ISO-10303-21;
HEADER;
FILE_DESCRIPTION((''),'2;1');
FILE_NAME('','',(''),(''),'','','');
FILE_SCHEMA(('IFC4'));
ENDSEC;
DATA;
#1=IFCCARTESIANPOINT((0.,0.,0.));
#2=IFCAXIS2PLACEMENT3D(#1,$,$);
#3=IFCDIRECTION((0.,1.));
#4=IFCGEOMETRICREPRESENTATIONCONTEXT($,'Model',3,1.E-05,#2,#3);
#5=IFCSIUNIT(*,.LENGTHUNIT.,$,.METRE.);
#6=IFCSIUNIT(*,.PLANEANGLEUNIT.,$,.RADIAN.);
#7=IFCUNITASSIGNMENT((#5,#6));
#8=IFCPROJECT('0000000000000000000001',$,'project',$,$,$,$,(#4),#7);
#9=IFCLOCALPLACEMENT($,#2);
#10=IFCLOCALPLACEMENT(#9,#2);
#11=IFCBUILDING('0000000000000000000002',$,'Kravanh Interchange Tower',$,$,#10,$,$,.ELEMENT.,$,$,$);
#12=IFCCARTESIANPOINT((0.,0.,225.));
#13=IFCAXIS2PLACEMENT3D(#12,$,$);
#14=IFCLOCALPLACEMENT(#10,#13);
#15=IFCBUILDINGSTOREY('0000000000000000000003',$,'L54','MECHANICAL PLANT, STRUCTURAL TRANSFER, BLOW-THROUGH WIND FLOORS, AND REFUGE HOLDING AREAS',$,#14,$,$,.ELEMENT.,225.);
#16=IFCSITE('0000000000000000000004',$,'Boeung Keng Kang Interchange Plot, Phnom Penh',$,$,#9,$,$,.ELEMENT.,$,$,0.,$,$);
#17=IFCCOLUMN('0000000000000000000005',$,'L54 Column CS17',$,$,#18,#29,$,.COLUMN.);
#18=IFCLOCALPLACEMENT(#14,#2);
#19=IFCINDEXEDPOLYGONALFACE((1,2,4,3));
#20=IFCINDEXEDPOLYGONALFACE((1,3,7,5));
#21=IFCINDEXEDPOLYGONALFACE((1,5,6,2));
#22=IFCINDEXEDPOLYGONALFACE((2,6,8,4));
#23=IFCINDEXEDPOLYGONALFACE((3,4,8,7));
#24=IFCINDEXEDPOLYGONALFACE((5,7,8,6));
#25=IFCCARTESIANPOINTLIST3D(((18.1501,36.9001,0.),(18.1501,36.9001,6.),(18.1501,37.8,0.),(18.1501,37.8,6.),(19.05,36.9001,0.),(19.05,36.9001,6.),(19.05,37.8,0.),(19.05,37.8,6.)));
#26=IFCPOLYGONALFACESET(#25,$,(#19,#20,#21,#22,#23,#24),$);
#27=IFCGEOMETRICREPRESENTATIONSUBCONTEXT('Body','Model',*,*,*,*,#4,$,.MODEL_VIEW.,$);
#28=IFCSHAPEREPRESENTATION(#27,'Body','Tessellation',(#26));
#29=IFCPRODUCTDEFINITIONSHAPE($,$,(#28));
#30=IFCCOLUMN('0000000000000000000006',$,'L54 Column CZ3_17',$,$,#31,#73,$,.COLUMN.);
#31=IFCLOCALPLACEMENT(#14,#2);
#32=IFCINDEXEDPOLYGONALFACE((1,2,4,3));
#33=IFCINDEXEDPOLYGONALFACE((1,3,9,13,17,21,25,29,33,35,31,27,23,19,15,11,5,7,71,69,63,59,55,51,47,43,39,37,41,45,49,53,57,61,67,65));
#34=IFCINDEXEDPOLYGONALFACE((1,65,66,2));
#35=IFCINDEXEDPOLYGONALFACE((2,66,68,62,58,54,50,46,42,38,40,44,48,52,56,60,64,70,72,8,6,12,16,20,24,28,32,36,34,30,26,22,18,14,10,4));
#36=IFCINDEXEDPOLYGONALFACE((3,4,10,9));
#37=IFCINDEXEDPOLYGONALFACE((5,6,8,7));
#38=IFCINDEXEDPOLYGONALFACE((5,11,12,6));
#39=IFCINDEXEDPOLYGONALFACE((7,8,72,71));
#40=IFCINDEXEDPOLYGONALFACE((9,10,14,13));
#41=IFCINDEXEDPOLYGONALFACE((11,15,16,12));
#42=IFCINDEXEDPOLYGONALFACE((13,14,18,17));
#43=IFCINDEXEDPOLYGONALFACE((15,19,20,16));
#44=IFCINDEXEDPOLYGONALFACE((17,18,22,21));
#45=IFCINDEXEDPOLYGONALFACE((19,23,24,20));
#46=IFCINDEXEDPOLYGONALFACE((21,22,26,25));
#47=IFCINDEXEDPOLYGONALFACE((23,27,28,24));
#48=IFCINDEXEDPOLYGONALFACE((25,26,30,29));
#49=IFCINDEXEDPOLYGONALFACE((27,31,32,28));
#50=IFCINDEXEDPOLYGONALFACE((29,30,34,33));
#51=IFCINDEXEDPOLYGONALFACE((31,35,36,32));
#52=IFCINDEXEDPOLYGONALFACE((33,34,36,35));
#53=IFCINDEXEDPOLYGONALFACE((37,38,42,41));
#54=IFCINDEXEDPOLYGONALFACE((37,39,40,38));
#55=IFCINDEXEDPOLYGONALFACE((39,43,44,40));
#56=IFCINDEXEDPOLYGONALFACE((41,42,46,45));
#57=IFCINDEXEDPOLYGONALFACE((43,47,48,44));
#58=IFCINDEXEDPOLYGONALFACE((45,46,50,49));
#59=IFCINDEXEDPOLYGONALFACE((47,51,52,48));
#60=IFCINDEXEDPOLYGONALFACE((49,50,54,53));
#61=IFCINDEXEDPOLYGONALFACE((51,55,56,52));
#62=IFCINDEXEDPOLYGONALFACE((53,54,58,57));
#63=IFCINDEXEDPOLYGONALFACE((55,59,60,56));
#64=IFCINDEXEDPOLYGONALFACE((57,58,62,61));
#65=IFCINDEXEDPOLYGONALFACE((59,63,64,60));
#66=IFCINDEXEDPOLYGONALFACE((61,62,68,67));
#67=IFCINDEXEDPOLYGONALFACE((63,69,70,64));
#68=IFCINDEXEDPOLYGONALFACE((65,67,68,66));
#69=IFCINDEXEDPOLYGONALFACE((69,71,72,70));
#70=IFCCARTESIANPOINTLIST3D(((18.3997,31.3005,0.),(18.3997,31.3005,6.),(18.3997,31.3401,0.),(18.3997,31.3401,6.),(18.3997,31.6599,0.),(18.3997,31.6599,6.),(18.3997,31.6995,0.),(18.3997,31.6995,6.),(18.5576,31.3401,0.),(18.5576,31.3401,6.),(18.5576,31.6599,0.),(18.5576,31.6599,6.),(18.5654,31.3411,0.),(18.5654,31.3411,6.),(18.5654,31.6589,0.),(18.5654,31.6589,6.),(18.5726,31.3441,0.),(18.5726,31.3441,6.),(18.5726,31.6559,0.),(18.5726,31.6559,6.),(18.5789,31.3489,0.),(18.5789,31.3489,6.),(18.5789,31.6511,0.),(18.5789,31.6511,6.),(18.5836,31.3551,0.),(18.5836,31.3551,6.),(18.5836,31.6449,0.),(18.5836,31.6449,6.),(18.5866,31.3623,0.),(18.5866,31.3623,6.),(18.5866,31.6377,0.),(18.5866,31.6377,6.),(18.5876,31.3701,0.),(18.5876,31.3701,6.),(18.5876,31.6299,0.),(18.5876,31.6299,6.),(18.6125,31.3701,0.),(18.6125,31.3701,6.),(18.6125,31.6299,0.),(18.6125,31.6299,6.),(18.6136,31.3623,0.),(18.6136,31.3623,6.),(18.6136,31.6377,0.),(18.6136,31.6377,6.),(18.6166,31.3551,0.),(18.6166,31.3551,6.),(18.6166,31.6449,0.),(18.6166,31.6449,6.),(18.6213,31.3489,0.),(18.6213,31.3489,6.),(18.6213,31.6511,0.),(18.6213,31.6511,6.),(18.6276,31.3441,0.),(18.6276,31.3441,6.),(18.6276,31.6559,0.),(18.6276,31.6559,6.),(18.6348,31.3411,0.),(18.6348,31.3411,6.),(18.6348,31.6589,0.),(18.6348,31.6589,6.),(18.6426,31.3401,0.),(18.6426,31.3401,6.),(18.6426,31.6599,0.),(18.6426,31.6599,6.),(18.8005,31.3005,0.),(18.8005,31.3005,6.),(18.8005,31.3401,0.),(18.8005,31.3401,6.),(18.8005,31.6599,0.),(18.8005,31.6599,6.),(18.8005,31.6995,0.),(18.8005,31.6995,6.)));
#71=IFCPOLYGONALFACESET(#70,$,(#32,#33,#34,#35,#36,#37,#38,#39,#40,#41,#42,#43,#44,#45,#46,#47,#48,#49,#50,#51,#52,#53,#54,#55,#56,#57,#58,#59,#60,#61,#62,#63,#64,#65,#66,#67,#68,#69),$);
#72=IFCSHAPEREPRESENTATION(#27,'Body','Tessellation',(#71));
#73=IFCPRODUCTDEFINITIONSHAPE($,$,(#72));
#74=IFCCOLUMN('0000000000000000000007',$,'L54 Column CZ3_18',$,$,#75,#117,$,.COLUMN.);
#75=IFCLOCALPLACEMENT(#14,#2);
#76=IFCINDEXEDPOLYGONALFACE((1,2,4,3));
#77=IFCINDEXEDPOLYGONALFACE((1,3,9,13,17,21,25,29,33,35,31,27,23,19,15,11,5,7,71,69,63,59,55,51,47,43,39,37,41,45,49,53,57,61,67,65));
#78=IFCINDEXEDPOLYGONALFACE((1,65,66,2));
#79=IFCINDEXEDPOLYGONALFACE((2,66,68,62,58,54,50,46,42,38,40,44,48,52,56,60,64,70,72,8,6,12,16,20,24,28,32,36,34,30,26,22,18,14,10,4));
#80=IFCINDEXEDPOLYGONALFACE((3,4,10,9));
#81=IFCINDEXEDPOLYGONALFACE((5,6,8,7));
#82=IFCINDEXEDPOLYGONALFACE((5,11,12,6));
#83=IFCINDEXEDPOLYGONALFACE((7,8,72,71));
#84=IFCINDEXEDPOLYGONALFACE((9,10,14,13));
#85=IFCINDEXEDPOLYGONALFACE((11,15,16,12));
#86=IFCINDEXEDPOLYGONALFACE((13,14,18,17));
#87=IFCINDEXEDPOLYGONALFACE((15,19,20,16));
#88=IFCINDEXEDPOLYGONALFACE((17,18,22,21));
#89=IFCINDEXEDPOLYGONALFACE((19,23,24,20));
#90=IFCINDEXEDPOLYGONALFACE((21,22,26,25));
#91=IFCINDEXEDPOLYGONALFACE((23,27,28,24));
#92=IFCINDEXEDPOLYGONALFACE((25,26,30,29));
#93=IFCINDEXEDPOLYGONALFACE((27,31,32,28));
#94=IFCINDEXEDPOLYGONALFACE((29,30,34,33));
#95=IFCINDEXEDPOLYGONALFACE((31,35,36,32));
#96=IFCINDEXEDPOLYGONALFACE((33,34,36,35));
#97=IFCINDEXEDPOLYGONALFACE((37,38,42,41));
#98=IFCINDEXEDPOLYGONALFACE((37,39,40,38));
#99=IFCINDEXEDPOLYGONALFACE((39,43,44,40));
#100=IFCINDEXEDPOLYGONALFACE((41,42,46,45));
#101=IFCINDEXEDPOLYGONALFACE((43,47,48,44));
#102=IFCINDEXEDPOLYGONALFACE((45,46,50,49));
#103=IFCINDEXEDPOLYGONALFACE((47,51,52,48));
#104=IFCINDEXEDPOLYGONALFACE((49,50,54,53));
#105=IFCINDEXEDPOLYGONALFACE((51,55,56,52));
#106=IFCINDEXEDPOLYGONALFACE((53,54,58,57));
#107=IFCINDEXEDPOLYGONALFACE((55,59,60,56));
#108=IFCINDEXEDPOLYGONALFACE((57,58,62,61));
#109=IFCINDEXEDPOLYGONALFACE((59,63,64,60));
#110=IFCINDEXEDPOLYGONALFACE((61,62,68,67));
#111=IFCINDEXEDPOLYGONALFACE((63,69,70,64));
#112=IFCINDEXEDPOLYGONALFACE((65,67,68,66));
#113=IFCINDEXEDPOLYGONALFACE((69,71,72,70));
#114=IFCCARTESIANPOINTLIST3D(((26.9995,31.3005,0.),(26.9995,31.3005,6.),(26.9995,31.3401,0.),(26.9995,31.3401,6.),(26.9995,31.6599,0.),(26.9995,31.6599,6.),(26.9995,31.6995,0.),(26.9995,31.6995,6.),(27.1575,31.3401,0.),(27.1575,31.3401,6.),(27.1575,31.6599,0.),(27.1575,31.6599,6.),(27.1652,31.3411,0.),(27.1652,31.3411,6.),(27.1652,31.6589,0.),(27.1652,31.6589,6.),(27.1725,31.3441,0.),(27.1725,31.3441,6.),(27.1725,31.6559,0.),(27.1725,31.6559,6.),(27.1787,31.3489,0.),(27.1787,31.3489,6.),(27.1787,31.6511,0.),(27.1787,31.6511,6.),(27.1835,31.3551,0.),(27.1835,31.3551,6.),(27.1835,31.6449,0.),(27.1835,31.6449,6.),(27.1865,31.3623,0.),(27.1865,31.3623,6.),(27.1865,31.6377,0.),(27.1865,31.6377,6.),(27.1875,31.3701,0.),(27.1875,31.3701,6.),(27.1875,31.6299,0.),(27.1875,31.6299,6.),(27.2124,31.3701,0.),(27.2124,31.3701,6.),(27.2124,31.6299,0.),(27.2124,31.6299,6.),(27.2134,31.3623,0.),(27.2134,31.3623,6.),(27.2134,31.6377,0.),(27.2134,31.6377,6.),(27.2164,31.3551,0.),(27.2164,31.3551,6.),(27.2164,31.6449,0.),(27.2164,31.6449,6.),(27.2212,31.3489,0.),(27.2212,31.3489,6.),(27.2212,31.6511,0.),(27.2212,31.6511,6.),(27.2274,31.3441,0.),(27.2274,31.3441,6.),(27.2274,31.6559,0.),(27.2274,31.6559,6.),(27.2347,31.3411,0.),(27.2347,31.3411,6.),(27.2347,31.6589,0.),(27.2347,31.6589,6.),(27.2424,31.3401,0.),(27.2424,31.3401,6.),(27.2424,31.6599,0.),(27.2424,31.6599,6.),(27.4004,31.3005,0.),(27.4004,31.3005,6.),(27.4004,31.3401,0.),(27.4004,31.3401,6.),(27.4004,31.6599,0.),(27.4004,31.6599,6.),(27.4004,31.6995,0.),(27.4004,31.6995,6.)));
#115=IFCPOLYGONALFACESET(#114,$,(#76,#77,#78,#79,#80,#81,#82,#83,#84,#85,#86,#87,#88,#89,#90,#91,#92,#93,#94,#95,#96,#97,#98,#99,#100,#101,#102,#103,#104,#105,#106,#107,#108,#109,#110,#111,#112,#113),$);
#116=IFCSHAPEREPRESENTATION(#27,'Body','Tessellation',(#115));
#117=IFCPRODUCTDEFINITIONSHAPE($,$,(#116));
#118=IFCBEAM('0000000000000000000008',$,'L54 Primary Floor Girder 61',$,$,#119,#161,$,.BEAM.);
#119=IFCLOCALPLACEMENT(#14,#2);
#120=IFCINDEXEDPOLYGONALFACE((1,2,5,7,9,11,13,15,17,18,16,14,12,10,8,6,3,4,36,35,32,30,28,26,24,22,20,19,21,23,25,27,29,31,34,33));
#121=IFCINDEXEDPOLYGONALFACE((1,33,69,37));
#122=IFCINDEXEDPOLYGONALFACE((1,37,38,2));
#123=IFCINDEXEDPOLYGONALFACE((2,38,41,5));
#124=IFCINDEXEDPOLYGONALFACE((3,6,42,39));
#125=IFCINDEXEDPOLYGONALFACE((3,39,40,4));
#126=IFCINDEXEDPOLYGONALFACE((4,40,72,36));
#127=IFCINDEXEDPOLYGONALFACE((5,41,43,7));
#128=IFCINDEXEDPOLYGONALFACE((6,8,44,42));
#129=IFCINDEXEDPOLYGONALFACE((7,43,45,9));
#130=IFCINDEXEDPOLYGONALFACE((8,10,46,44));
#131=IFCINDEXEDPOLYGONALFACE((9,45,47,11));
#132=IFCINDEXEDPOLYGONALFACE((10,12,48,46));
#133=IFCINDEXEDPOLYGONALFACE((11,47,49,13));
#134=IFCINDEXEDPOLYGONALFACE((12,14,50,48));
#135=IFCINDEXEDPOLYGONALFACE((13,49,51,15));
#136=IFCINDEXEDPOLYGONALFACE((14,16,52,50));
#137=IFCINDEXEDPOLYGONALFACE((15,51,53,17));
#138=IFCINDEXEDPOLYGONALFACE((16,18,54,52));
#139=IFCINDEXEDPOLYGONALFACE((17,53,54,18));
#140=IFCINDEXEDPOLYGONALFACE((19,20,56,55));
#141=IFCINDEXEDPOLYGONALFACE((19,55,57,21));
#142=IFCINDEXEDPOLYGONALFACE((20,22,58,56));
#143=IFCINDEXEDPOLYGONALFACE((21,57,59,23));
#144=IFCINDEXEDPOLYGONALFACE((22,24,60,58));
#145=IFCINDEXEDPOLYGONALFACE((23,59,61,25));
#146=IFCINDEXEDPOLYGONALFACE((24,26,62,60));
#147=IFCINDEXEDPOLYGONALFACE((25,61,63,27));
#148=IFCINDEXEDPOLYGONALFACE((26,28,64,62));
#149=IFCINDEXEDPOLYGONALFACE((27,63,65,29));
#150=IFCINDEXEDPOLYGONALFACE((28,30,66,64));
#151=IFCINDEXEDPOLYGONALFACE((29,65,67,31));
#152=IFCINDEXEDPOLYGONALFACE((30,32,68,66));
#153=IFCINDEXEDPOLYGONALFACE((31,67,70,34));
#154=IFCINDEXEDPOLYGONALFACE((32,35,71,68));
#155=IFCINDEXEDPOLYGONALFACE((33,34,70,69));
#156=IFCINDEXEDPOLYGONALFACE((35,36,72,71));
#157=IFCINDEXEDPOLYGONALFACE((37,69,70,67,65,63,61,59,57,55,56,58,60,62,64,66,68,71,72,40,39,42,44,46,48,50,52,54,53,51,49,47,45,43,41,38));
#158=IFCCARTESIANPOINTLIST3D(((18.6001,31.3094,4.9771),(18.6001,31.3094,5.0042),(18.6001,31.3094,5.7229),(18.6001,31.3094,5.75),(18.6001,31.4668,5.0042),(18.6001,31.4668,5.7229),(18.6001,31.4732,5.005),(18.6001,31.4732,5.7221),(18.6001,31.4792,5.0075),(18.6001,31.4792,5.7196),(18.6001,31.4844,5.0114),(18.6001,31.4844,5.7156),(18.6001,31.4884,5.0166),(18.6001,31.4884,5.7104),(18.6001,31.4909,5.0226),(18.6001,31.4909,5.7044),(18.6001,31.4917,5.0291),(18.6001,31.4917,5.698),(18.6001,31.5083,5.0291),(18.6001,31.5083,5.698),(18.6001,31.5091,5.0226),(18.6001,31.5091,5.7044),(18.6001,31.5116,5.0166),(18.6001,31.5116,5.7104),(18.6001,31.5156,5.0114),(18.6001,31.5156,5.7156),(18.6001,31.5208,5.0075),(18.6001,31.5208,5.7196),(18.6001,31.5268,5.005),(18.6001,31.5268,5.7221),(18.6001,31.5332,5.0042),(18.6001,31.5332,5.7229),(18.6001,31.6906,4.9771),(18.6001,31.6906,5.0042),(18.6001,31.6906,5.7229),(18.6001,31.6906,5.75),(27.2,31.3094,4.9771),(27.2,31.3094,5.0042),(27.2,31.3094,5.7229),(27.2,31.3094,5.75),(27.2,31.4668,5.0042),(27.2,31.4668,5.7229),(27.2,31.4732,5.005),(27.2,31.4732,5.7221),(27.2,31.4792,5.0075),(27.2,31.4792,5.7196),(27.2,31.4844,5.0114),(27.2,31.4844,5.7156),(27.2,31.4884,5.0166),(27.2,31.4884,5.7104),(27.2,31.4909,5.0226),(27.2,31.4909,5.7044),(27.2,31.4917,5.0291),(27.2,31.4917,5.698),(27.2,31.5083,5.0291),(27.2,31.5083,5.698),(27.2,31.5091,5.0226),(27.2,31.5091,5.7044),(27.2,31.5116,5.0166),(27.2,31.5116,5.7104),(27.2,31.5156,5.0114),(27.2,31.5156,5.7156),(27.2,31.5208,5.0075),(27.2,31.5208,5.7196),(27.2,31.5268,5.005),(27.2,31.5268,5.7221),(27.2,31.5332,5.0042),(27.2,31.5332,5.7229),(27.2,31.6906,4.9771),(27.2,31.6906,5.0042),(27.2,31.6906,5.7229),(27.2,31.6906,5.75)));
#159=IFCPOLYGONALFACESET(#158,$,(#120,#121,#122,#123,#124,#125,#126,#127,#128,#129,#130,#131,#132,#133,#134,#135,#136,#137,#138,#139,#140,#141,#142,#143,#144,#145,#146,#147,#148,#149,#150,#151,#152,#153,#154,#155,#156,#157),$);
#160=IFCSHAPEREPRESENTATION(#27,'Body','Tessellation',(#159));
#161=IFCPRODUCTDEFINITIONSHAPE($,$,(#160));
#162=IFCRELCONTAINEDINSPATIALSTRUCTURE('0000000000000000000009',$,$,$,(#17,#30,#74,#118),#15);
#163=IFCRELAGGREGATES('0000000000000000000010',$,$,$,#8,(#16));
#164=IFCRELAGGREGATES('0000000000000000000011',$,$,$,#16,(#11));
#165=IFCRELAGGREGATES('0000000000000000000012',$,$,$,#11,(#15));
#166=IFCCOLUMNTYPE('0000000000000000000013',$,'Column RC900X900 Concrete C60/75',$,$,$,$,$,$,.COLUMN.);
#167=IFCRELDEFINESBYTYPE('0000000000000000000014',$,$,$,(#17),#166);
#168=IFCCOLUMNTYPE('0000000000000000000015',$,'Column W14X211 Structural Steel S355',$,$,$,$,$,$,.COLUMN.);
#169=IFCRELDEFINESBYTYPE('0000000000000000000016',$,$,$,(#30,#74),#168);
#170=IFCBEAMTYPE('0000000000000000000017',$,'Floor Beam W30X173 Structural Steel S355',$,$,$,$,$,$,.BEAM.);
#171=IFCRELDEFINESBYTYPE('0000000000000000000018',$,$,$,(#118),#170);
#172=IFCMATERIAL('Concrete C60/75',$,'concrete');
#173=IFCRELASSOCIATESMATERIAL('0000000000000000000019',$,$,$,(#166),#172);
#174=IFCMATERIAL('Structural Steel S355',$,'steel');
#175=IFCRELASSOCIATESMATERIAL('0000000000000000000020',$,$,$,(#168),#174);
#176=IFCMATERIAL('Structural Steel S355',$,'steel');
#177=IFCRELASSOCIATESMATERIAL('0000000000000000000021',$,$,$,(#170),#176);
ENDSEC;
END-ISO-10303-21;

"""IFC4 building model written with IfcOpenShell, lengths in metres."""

from ifc_helpers import new_model, si_unit, direction, frame, origin, origin_2d, place, context, subcontext, project, spatial, rectangle, i_section, extrude, material, material_profile, profile_set, type_object, element, save


model = new_model("IFC4")

# Units and contexts
model_context = context("Model", 3, precision=1e-05, world=origin(), true_north=direction((0.0, 1.0)))
body_context = subcontext(model_context, "Body", "Model", "MODEL_VIEW")
ifc_project = project(units=[si_unit("LENGTHUNIT", "METRE"), si_unit("PLANEANGLEUNIT", "RADIAN")], contexts=[model_context])

# Site, building, storey
site_placement = place(None, origin())
site = spatial("IfcSite", under=ifc_project, at=site_placement, Name="Boeung Keng Kang Interchange Plot, Phnom Penh", CompositionType="ELEMENT", RefElevation=0.0)
building_placement = place(site_placement, origin())
building = spatial("IfcBuilding", under=site, at=building_placement, Name="Kravanh Interchange Tower", CompositionType="ELEMENT")
storey_placement = place(building_placement, frame((0.0, 0.0, 225.0)))
storey = spatial("IfcBuildingStorey", under=building, at=storey_placement, Name="L54", Description="MECHANICAL PLANT, STRUCTURAL TRANSFER, BLOW-THROUGH WIND FLOORS, AND REFUGE HOLDING AREAS", CompositionType="ELEMENT", Elevation=225.0)

# Columns
ifc_material_1 = material(Name="Concrete C60/75", Category="concrete")
ifc_material_profile_1 = material_profile(ifc_material_1, rectangle(XDim=0.8999, YDim=0.8999, at=origin_2d()), Name="RC900X900")
ifc_profile_set_1 = profile_set([ifc_material_profile_1], Name="Concrete C60/75")
column_type_1 = type_object("IfcColumnType", Name="Column RC900X900 Concrete C60/75", PredefinedType="COLUMN", material=ifc_profile_set_1)
column_placement = place(storey_placement, frame((18.6001, 37.3501, 0.0), z_axis=(0.0, 0.0, 1.0), x_axis=(1.0, 0.0, 0.0)))
element("IfcColumn", 1, at=column_placement, inside=storey, type_object=column_type_1, Name="L54 Column CS17", PredefinedType="COLUMN", context=body_context, shape_type="SweptSolid", body=[
    extrude(rectangle(XDim=0.8999, YDim=0.8999, at=origin_2d()), origin(), (0.0, 0.0, 1.0), 6.0),
])
ifc_material_2 = material(Name="Structural Steel S355", Category="steel")
ifc_material_profile_2 = material_profile(ifc_material_2, i_section(OverallWidth=0.4009, OverallDepth=0.3989, WebThickness=0.0249, FlangeThickness=0.0396, FilletRadius=0.03, at=origin_2d()), Name="W14X211")
ifc_profile_set_2 = profile_set([ifc_material_profile_2], Name="Structural Steel S355")
column_type_2 = type_object("IfcColumnType", Name="Column W14X211 Structural Steel S355", PredefinedType="COLUMN", material=ifc_profile_set_2)
for number, where, z_axis, x_axis, name in (
    (2, (18.6001, 31.5, 0.0), (0.0, 0.0, 1.0), (1.0, 0.0, 0.0), "L54 Column CZ3_17"),
    (3, (27.2, 31.5, 0.0), (0.0, 0.0, 1.0), (1.0, 0.0, 0.0), "L54 Column CZ3_18"),
):
    element("IfcColumn", number, at=place(storey_placement, frame(where, z_axis=z_axis, x_axis=x_axis)), inside=storey, type_object=column_type_2, Name=name, PredefinedType="COLUMN", context=body_context, shape_type="SweptSolid", body=[
        extrude(i_section(OverallWidth=0.4009, OverallDepth=0.3989, WebThickness=0.0249, FlangeThickness=0.0396, FilletRadius=0.03, at=origin_2d()), origin(), (0.0, 0.0, 1.0), 6.0),
    ])

# Beam
ifc_material_3 = material(Name="Structural Steel S355", Category="steel")
ifc_material_profile_3 = material_profile(ifc_material_3, i_section(OverallWidth=0.3811, OverallDepth=0.7729, WebThickness=0.0166, FlangeThickness=0.0271, FilletRadius=0.0249, at=origin_2d()), Name="W30X173")
ifc_profile_set_3 = profile_set([ifc_material_profile_3], Name="Structural Steel S355")
beam_type_1 = type_object("IfcBeamType", Name="Floor Beam W30X173 Structural Steel S355", PredefinedType="BEAM", material=ifc_profile_set_3)
beam_1_placement = place(storey_placement, frame((18.6001, 31.5, 5.3635), z_axis=(1.0, 0.0, 0.0), x_axis=(0.0, 1.0, 0.0)))
element("IfcBeam", 4, at=beam_1_placement, inside=storey, type_object=beam_type_1, Name="L54 Primary Floor Girder 61", PredefinedType="BEAM", context=body_context, shape_type="SweptSolid", body=[
    extrude(i_section(OverallWidth=0.3811, OverallDepth=0.7729, WebThickness=0.0166, FlangeThickness=0.0271, FilletRadius=0.0249, at=origin_2d()), origin(), (0.0, 0.0, 1.0), 8.5999),
])

save(model, "model.ifc")
